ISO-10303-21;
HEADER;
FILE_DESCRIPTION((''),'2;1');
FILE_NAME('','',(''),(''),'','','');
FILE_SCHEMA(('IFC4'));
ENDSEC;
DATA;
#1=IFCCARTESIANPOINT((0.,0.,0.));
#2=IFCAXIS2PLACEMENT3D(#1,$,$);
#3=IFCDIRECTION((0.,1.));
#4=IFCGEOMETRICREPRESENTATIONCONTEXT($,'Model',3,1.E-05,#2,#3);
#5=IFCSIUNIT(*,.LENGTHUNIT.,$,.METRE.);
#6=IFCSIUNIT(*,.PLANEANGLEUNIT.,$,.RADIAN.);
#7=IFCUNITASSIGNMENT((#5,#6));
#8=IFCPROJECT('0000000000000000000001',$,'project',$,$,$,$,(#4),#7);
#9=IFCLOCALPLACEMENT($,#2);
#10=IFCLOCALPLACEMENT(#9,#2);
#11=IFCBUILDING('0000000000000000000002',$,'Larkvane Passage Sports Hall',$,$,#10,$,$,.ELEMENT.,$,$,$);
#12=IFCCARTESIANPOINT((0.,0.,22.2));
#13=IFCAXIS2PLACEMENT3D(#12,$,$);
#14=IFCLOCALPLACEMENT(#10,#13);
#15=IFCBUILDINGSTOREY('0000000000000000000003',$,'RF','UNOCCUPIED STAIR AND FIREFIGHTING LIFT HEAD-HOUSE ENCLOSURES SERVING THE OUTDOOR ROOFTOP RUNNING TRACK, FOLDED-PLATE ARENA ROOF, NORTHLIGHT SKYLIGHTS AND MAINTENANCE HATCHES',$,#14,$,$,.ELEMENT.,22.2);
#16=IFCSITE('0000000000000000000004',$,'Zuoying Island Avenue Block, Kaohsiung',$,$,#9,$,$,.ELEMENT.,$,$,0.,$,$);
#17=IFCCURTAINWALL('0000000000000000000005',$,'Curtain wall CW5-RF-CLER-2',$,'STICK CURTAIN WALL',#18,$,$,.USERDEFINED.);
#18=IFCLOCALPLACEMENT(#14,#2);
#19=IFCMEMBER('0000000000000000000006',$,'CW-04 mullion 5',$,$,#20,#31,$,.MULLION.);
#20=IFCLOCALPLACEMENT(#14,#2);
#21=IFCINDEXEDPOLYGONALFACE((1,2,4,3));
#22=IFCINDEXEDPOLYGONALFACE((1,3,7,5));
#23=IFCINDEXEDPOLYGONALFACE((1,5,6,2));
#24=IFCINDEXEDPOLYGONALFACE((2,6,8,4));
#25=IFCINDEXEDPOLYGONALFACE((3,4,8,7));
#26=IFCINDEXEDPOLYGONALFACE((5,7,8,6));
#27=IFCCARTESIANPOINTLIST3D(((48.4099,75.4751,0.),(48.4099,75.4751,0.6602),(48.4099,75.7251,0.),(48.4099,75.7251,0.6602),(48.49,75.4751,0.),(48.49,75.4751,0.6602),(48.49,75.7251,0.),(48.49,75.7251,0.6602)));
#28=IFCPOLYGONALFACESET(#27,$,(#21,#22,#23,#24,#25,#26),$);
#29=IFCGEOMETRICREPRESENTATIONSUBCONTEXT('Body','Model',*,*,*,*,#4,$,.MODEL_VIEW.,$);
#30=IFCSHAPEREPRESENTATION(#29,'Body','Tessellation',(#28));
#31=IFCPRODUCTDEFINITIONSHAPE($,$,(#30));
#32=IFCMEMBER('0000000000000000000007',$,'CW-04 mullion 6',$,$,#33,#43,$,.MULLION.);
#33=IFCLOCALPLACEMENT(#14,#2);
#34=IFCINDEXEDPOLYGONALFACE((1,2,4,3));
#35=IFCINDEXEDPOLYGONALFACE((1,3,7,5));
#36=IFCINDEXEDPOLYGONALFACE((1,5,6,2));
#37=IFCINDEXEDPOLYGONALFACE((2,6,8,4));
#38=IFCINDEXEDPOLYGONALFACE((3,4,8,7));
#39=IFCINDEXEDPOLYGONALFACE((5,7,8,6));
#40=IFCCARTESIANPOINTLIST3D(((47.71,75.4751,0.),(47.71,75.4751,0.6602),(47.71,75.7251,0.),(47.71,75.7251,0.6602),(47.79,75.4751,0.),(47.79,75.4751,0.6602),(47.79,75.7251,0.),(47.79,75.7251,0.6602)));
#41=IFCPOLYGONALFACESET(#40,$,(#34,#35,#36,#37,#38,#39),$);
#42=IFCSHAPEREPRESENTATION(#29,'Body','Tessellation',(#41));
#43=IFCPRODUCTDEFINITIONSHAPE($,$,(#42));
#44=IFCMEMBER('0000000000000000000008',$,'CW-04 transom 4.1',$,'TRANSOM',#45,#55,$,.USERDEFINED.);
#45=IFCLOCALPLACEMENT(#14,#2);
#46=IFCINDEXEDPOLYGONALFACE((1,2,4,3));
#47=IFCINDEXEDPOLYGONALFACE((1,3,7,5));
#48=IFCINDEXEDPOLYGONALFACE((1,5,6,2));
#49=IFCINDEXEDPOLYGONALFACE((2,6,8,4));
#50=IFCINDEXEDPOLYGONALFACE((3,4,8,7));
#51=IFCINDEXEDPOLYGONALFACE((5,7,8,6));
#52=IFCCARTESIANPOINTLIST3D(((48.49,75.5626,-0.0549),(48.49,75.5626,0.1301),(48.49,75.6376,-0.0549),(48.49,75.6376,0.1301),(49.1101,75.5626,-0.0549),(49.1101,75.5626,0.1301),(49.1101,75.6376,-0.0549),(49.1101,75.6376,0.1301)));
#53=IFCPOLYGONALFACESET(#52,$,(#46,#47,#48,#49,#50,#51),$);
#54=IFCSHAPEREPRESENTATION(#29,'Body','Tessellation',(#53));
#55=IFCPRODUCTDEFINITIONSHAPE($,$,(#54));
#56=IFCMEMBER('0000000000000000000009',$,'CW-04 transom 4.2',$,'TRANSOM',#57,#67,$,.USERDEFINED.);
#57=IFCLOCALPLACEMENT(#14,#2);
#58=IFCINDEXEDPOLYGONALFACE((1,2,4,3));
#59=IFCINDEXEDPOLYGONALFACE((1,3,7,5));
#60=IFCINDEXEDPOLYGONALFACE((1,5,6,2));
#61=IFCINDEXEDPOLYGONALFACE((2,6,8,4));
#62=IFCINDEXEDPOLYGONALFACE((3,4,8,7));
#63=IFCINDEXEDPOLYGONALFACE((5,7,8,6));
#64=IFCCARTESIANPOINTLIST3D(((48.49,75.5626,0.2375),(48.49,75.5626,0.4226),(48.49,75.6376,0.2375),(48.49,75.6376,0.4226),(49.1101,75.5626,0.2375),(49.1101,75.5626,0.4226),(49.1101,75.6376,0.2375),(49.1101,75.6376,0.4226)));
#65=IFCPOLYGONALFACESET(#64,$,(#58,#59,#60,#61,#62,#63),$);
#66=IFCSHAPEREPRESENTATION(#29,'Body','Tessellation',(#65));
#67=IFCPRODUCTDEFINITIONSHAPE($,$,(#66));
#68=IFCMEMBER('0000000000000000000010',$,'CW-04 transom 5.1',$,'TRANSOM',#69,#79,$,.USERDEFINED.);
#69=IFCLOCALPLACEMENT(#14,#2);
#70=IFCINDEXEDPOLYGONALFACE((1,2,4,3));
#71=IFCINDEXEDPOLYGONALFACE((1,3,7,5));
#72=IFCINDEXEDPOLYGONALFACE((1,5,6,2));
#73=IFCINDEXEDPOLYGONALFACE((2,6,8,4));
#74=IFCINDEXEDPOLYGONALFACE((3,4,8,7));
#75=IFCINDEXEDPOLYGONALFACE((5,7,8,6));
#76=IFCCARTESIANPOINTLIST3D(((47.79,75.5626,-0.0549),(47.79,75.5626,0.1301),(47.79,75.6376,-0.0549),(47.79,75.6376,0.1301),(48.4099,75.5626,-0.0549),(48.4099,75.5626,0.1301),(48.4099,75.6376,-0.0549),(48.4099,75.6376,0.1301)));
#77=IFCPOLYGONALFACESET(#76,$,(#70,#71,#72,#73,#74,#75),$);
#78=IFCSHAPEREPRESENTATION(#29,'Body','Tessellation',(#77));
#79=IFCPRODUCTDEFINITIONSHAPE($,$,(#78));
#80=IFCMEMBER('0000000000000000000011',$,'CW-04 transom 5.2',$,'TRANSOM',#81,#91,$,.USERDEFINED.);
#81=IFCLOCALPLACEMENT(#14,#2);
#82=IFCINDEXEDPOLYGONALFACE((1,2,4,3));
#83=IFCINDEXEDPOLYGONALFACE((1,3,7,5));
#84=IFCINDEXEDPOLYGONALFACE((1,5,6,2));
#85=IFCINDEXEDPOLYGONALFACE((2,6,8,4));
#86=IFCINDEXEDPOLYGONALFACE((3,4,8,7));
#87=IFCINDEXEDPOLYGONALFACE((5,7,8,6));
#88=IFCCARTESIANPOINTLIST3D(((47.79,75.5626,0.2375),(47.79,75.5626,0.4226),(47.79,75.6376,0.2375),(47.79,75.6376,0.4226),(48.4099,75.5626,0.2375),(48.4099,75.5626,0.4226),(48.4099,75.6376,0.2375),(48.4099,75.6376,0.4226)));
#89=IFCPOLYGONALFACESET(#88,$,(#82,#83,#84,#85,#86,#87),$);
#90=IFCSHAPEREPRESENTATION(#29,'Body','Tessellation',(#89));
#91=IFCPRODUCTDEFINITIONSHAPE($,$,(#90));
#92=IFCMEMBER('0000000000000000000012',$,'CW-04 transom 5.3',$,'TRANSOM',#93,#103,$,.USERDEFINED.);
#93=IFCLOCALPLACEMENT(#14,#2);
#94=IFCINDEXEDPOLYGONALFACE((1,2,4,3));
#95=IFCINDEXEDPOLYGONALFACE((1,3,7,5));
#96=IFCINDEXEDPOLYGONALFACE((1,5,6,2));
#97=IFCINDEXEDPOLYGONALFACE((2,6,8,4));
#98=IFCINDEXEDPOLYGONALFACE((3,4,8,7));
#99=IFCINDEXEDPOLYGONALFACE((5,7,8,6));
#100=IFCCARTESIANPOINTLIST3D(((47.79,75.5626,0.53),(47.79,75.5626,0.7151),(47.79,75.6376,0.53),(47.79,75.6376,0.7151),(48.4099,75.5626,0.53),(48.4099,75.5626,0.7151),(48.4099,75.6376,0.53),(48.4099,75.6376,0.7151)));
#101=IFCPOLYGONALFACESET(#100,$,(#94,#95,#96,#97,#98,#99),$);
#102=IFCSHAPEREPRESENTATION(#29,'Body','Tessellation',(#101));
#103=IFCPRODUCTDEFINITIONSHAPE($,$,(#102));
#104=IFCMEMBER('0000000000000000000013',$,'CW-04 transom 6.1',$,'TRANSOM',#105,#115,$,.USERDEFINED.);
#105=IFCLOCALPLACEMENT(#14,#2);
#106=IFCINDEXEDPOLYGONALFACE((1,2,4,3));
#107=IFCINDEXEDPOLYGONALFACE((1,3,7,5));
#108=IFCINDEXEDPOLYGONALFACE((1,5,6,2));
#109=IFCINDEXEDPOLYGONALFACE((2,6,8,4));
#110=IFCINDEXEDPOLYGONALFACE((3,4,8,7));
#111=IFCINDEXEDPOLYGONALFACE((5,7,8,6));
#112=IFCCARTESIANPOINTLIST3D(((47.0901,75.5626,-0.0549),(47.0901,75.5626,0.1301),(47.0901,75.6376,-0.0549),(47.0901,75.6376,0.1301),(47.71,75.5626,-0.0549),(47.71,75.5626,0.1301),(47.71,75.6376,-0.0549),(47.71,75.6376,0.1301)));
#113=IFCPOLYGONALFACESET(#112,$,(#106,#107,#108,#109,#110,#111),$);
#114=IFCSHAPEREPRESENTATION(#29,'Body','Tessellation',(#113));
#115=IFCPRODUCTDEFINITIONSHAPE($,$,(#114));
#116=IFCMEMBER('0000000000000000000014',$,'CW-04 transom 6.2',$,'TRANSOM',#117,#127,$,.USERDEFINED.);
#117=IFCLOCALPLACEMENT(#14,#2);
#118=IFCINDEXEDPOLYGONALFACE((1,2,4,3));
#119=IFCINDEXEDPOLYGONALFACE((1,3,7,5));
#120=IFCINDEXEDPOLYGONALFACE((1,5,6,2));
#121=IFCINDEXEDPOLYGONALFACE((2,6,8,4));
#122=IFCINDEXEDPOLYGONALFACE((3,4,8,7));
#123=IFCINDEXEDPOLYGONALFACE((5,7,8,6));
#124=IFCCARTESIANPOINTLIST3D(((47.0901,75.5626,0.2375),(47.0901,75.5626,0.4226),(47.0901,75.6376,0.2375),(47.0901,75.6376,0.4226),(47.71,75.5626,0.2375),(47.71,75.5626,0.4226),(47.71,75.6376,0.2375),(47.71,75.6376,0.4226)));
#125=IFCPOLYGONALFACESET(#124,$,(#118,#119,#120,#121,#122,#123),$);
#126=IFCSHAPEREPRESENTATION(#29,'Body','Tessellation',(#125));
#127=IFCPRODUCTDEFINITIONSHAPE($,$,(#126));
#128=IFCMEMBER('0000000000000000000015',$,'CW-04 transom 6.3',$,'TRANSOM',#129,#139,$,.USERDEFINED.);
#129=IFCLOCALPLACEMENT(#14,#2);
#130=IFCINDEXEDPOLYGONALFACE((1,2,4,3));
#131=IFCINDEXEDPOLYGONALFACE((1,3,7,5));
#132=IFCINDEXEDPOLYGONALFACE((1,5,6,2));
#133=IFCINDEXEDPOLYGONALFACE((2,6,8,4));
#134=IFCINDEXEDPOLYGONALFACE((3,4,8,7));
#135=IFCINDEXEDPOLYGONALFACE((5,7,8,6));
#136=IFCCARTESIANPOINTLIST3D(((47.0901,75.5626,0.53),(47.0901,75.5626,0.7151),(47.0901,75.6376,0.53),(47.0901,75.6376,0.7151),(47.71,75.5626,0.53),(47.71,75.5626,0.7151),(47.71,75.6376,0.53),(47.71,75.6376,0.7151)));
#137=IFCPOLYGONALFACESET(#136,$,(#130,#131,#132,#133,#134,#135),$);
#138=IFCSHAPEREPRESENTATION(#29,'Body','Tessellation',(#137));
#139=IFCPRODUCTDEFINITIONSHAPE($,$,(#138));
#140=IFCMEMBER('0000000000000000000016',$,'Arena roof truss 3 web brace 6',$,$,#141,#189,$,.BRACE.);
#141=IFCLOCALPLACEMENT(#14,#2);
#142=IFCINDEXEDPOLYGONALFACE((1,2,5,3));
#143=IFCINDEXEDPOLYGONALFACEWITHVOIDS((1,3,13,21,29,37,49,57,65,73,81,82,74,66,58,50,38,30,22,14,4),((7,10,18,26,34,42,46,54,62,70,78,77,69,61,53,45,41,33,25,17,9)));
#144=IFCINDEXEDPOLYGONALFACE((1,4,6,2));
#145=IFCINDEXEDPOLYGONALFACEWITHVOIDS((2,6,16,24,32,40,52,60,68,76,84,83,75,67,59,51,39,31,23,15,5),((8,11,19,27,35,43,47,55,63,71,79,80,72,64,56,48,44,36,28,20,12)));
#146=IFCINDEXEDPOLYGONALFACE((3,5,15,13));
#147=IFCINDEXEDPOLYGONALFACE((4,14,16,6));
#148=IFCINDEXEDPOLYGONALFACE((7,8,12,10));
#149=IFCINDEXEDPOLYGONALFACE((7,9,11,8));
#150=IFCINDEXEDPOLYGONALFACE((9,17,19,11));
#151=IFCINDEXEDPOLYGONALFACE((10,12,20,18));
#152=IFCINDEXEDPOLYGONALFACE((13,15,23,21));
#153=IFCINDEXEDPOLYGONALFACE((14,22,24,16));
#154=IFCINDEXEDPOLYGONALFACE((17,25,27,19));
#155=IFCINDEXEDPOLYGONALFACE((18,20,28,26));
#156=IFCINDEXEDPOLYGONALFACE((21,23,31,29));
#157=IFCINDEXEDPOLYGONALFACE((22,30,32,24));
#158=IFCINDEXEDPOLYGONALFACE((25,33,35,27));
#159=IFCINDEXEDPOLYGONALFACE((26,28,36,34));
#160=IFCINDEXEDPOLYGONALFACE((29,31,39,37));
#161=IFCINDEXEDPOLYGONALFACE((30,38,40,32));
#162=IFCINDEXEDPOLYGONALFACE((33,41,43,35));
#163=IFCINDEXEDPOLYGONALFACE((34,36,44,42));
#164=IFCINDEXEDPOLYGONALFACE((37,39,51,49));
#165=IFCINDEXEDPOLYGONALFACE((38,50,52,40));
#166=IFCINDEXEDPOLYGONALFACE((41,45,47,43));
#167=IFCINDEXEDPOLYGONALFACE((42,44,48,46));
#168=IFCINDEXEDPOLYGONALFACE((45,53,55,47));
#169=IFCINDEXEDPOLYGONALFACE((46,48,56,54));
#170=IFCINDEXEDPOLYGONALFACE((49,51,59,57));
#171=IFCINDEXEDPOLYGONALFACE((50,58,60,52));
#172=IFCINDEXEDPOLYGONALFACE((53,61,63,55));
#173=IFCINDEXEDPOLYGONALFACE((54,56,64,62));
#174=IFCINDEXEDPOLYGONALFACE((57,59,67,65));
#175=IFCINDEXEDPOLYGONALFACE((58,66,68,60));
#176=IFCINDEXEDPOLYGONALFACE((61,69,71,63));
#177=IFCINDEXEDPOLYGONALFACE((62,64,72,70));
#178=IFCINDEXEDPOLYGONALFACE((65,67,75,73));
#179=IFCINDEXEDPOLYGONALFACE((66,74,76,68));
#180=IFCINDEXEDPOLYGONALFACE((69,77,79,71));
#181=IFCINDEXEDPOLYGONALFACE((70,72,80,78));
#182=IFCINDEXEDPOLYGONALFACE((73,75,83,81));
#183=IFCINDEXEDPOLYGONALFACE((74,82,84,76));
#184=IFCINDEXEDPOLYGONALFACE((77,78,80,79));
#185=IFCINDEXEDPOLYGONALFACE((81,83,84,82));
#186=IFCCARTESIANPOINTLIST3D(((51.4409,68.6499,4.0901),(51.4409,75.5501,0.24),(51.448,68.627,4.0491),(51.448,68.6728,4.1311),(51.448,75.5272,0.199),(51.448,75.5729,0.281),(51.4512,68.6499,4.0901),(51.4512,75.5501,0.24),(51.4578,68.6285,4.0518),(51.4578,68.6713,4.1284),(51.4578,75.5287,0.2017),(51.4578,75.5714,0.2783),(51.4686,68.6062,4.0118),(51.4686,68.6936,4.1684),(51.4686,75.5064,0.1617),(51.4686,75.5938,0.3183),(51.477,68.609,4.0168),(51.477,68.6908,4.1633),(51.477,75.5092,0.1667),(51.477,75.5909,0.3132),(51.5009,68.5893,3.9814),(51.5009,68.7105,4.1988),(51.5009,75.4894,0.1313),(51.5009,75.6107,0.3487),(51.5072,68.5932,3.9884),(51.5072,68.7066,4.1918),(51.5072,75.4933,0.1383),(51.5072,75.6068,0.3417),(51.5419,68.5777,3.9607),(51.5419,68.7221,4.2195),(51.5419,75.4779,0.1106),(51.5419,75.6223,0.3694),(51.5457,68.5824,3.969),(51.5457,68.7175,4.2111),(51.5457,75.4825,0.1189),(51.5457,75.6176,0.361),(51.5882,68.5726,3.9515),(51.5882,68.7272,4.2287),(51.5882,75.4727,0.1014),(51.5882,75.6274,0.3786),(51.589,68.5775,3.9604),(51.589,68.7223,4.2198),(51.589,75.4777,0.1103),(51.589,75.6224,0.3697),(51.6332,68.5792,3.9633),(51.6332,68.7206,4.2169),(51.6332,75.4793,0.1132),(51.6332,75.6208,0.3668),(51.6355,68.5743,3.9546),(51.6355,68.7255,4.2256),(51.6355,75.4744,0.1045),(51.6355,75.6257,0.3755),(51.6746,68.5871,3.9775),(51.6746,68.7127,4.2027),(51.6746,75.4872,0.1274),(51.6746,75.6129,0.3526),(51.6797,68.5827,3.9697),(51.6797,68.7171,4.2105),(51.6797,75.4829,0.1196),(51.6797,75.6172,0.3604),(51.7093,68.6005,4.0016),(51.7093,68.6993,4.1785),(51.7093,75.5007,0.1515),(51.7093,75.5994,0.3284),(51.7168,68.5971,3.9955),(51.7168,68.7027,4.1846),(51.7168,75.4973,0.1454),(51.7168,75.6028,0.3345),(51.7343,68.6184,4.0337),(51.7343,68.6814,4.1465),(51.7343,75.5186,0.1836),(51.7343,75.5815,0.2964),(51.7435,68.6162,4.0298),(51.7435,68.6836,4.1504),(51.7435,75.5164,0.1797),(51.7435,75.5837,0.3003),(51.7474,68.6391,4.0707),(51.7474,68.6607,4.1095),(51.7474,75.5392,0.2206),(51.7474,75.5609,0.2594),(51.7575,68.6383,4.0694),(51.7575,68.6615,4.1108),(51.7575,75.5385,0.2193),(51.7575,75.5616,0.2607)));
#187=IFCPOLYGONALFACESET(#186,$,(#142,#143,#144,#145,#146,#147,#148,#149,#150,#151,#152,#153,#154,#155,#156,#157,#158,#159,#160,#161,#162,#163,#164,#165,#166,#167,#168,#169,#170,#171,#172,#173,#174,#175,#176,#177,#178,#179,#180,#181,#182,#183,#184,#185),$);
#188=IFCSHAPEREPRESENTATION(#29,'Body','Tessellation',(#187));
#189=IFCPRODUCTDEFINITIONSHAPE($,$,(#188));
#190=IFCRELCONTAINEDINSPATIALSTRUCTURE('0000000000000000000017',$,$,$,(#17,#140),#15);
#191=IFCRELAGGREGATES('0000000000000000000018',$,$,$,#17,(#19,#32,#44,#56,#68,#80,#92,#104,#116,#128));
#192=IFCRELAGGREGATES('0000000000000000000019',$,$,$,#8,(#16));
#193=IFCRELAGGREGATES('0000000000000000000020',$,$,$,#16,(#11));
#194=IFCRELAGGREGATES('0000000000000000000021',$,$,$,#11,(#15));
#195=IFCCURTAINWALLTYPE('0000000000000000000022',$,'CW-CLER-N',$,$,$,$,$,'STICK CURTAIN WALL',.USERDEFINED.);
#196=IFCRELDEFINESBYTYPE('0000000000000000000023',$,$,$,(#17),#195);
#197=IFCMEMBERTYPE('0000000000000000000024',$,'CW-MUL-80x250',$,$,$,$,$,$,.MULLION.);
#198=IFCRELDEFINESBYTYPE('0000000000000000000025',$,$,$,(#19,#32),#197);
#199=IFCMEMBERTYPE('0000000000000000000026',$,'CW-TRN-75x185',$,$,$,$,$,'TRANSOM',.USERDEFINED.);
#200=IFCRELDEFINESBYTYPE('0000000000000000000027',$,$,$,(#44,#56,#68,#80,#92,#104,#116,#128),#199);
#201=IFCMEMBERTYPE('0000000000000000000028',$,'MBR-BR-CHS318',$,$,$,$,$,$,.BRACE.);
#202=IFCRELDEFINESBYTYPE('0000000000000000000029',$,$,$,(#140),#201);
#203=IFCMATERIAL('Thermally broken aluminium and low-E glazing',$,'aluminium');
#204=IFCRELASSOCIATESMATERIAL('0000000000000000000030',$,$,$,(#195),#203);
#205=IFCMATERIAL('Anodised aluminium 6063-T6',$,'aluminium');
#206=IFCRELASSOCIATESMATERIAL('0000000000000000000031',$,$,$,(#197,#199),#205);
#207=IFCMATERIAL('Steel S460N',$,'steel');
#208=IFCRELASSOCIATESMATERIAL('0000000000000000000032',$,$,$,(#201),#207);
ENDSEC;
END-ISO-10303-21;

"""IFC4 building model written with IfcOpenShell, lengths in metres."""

from ifc_helpers import new_model, si_unit, direction, frame, origin, origin_2d, place, context, subcontext, project, spatial, rectangle, hollow_circle, extrude, material, material_profile, profile_set, type_object, element, aggregate, save


model = new_model("IFC4")

# Units and contexts
model_context = context("Model", 3, precision=1e-05, world=origin(), true_north=direction((0.0, 1.0)))
body_context = subcontext(model_context, "Body", "Model", "MODEL_VIEW")
ifc_project = project(units=[si_unit("LENGTHUNIT", "METRE"), si_unit("PLANEANGLEUNIT", "RADIAN")], contexts=[model_context])

# Site, building, storey
site_placement = place(None, origin())
site = spatial("IfcSite", under=ifc_project, at=site_placement, Name="Zuoying Island Avenue Block, Kaohsiung", CompositionType="ELEMENT", RefElevation=0.0)
building_placement = place(site_placement, origin())
building = spatial("IfcBuilding", under=site, at=building_placement, Name="Larkvane Passage Sports Hall", CompositionType="ELEMENT")
storey_placement = place(building_placement, frame((0.0, 0.0, 22.2)))
storey = spatial("IfcBuildingStorey", under=building, at=storey_placement, Name="RF", Description="UNOCCUPIED STAIR AND FIREFIGHTING LIFT HEAD-HOUSE ENCLOSURES SERVING THE OUTDOOR ROOFTOP RUNNING TRACK, FOLDED-PLATE ARENA ROOF, NORTHLIGHT SKYLIGHTS AND MAINTENANCE HATCHES", CompositionType="ELEMENT", Elevation=22.2)

# Curtain wall, members
ifc_material_1 = material(Name="Thermally broken aluminium and low-E glazing", Category="aluminium")
curtain_wall_type = type_object("IfcCurtainWallType", Name="CW-CLER-N", ElementType="STICK CURTAIN WALL", PredefinedType="USERDEFINED", material=ifc_material_1)
curtain_wall_placement = place(storey_placement, origin())
curtain_wall = element("IfcCurtainWall", 1, at=curtain_wall_placement, inside=storey, type_object=curtain_wall_type, Name="Curtain wall CW5-RF-CLER-2", ObjectType="STICK CURTAIN WALL", PredefinedType="USERDEFINED")
ifc_material_2 = material(Name="Anodised aluminium 6063-T6", Category="aluminium")
ifc_material_profile_1 = material_profile(ifc_material_2, rectangle(XDim=0.0801, YDim=0.25, at=origin_2d()), Name="ALU-MUL-80x250")
ifc_profile_set_1 = profile_set([ifc_material_profile_1], Name="Anodised aluminium 6063-T6")
member_type_1 = type_object("IfcMemberType", Name="CW-MUL-80x250", PredefinedType="MULLION", material=ifc_profile_set_1)
member_1_placement = place(storey_placement, frame((48.45, 75.6001, 0.0), z_axis=(0.0, 0.0, 1.0), x_axis=(-1.0, 0.0, 0.0)))
member_1 = element("IfcMember", 2, at=member_1_placement, type_object=member_type_1, Name="CW-04 mullion 5", PredefinedType="MULLION", context=body_context, shape_type="SweptSolid", body=[
    extrude(rectangle(XDim=0.0801, YDim=0.25, at=origin_2d()), origin(), (0.0, 0.0, 1.0), 0.6602),
])
member_2_placement = place(storey_placement, frame((47.75, 75.6001, 0.0), z_axis=(0.0, 0.0, 1.0), x_axis=(-1.0, 0.0, 0.0)))
member_2 = element("IfcMember", 3, at=member_2_placement, type_object=member_type_1, Name="CW-04 mullion 6", PredefinedType="MULLION", context=body_context, shape_type="SweptSolid", body=[
    extrude(rectangle(XDim=0.0801, YDim=0.25, at=origin_2d()), origin(), (0.0, 0.0, 1.0), 0.6602),
])
ifc_material_profile_2 = material_profile(ifc_material_2, rectangle(XDim=0.075, YDim=0.1851, at=origin_2d()), Name="ALU-TRN-75x185")
ifc_profile_set_2 = profile_set([ifc_material_profile_2], Name="Anodised aluminium 6063-T6")
member_type_2 = type_object("IfcMemberType", Name="CW-TRN-75x185", ElementType="TRANSOM", PredefinedType="USERDEFINED", material=ifc_profile_set_2)
member_3_placement = place(storey_placement, frame((49.1101, 75.6001, 0.0376), z_axis=(-1.0, 0.0, 0.0), x_axis=(0.0, -1.0, 0.0)))
member_3 = element("IfcMember", 4, at=member_3_placement, type_object=member_type_2, Name="CW-04 transom 4.1", ObjectType="TRANSOM", PredefinedType="USERDEFINED", context=body_context, shape_type="SweptSolid", body=[
    extrude(rectangle(XDim=0.075, YDim=0.1851, at=origin_2d()), origin(), (0.0, 0.0, 1.0), 0.6201),
])
member_4_placement = place(storey_placement, frame((49.1101, 75.6001, 0.3301), z_axis=(-1.0, 0.0, 0.0), x_axis=(0.0, -1.0, 0.0)))
member_4 = element("IfcMember", 5, at=member_4_placement, type_object=member_type_2, Name="CW-04 transom 4.2", ObjectType="TRANSOM", PredefinedType="USERDEFINED", context=body_context, shape_type="SweptSolid", body=[
    extrude(rectangle(XDim=0.075, YDim=0.1851, at=origin_2d()), origin(), (0.0, 0.0, 1.0), 0.6201),
])
member_5_placement = place(storey_placement, frame((48.4099, 75.6001, 0.0376), z_axis=(-1.0, 0.0, 0.0), x_axis=(0.0, -1.0, 0.0)))
member_5 = element("IfcMember", 6, at=member_5_placement, type_object=member_type_2, Name="CW-04 transom 5.1", ObjectType="TRANSOM", PredefinedType="USERDEFINED", context=body_context, shape_type="SweptSolid", body=[
    extrude(rectangle(XDim=0.075, YDim=0.1851, at=origin_2d()), origin(), (0.0, 0.0, 1.0), 0.6199),
])
member_6_placement = place(storey_placement, frame((48.4099, 75.6001, 0.3301), z_axis=(-1.0, 0.0, 0.0), x_axis=(0.0, -1.0, 0.0)))
member_6 = element("IfcMember", 7, at=member_6_placement, type_object=member_type_2, Name="CW-04 transom 5.2", ObjectType="TRANSOM", PredefinedType="USERDEFINED", context=body_context, shape_type="SweptSolid", body=[
    extrude(rectangle(XDim=0.075, YDim=0.1851, at=origin_2d()), origin(), (0.0, 0.0, 1.0), 0.6199),
])
member_7_placement = place(storey_placement, frame((48.4099, 75.6001, 0.6226), z_axis=(-1.0, 0.0, 0.0), x_axis=(0.0, -1.0, 0.0)))
member_7 = element("IfcMember", 8, at=member_7_placement, type_object=member_type_2, Name="CW-04 transom 5.3", ObjectType="TRANSOM", PredefinedType="USERDEFINED", context=body_context, shape_type="SweptSolid", body=[
    extrude(rectangle(XDim=0.075, YDim=0.1851, at=origin_2d()), origin(), (0.0, 0.0, 1.0), 0.6199),
])
member_8_placement = place(storey_placement, frame((47.71, 75.6001, 0.0376), z_axis=(-1.0, 0.0, 0.0), x_axis=(0.0, -1.0, 0.0)))
member_8 = element("IfcMember", 9, at=member_8_placement, type_object=member_type_2, Name="CW-04 transom 6.1", ObjectType="TRANSOM", PredefinedType="USERDEFINED", context=body_context, shape_type="SweptSolid", body=[
    extrude(rectangle(XDim=0.075, YDim=0.1851, at=origin_2d()), origin(), (0.0, 0.0, 1.0), 0.6199),
])
member_9_placement = place(storey_placement, frame((47.71, 75.6001, 0.3301), z_axis=(-1.0, 0.0, 0.0), x_axis=(0.0, -1.0, 0.0)))
member_9 = element("IfcMember", 10, at=member_9_placement, type_object=member_type_2, Name="CW-04 transom 6.2", ObjectType="TRANSOM", PredefinedType="USERDEFINED", context=body_context, shape_type="SweptSolid", body=[
    extrude(rectangle(XDim=0.075, YDim=0.1851, at=origin_2d()), origin(), (0.0, 0.0, 1.0), 0.6199),
])
member_10_placement = place(storey_placement, frame((47.71, 75.6001, 0.6226), z_axis=(-1.0, 0.0, 0.0), x_axis=(0.0, -1.0, 0.0)))
member_10 = element("IfcMember", 11, at=member_10_placement, type_object=member_type_2, Name="CW-04 transom 6.3", ObjectType="TRANSOM", PredefinedType="USERDEFINED", context=body_context, shape_type="SweptSolid", body=[
    extrude(rectangle(XDim=0.075, YDim=0.1851, at=origin_2d()), origin(), (0.0, 0.0, 1.0), 0.6199),
])

# Member
ifc_material_3 = material(Name="Steel S460N", Category="steel")
ifc_material_profile_3 = material_profile(ifc_material_3, hollow_circle(Radius=0.1592, WallThickness=0.0103, at=origin_2d()), Name="CHS-318.5x10.3")
ifc_profile_set_3 = profile_set([ifc_material_profile_3], Name="Steel S460N")
member_type_3 = type_object("IfcMemberType", Name="MBR-BR-CHS318", PredefinedType="BRACE", material=ifc_profile_set_3)
member_11_placement = place(storey_placement, frame((51.6001, 68.6499, 4.0901), z_axis=(0.0, 0.873259, -0.487255), x_axis=(-1.0, 0.0, 0.0)))
element("IfcMember", 12, at=member_11_placement, inside=storey, type_object=member_type_3, Name="Arena roof truss 3 web brace 6", PredefinedType="BRACE", context=body_context, shape_type="SweptSolid", body=[
    extrude(hollow_circle(Radius=0.1592, WallThickness=0.0103, at=origin_2d()), origin(), (0.0, 0.0, 1.0), 7.9016),
])

aggregate(curtain_wall, [member_1, member_2, member_3, member_4, member_5, member_6, member_7, member_8, member_9, member_10])

save(model, "model.ifc")
